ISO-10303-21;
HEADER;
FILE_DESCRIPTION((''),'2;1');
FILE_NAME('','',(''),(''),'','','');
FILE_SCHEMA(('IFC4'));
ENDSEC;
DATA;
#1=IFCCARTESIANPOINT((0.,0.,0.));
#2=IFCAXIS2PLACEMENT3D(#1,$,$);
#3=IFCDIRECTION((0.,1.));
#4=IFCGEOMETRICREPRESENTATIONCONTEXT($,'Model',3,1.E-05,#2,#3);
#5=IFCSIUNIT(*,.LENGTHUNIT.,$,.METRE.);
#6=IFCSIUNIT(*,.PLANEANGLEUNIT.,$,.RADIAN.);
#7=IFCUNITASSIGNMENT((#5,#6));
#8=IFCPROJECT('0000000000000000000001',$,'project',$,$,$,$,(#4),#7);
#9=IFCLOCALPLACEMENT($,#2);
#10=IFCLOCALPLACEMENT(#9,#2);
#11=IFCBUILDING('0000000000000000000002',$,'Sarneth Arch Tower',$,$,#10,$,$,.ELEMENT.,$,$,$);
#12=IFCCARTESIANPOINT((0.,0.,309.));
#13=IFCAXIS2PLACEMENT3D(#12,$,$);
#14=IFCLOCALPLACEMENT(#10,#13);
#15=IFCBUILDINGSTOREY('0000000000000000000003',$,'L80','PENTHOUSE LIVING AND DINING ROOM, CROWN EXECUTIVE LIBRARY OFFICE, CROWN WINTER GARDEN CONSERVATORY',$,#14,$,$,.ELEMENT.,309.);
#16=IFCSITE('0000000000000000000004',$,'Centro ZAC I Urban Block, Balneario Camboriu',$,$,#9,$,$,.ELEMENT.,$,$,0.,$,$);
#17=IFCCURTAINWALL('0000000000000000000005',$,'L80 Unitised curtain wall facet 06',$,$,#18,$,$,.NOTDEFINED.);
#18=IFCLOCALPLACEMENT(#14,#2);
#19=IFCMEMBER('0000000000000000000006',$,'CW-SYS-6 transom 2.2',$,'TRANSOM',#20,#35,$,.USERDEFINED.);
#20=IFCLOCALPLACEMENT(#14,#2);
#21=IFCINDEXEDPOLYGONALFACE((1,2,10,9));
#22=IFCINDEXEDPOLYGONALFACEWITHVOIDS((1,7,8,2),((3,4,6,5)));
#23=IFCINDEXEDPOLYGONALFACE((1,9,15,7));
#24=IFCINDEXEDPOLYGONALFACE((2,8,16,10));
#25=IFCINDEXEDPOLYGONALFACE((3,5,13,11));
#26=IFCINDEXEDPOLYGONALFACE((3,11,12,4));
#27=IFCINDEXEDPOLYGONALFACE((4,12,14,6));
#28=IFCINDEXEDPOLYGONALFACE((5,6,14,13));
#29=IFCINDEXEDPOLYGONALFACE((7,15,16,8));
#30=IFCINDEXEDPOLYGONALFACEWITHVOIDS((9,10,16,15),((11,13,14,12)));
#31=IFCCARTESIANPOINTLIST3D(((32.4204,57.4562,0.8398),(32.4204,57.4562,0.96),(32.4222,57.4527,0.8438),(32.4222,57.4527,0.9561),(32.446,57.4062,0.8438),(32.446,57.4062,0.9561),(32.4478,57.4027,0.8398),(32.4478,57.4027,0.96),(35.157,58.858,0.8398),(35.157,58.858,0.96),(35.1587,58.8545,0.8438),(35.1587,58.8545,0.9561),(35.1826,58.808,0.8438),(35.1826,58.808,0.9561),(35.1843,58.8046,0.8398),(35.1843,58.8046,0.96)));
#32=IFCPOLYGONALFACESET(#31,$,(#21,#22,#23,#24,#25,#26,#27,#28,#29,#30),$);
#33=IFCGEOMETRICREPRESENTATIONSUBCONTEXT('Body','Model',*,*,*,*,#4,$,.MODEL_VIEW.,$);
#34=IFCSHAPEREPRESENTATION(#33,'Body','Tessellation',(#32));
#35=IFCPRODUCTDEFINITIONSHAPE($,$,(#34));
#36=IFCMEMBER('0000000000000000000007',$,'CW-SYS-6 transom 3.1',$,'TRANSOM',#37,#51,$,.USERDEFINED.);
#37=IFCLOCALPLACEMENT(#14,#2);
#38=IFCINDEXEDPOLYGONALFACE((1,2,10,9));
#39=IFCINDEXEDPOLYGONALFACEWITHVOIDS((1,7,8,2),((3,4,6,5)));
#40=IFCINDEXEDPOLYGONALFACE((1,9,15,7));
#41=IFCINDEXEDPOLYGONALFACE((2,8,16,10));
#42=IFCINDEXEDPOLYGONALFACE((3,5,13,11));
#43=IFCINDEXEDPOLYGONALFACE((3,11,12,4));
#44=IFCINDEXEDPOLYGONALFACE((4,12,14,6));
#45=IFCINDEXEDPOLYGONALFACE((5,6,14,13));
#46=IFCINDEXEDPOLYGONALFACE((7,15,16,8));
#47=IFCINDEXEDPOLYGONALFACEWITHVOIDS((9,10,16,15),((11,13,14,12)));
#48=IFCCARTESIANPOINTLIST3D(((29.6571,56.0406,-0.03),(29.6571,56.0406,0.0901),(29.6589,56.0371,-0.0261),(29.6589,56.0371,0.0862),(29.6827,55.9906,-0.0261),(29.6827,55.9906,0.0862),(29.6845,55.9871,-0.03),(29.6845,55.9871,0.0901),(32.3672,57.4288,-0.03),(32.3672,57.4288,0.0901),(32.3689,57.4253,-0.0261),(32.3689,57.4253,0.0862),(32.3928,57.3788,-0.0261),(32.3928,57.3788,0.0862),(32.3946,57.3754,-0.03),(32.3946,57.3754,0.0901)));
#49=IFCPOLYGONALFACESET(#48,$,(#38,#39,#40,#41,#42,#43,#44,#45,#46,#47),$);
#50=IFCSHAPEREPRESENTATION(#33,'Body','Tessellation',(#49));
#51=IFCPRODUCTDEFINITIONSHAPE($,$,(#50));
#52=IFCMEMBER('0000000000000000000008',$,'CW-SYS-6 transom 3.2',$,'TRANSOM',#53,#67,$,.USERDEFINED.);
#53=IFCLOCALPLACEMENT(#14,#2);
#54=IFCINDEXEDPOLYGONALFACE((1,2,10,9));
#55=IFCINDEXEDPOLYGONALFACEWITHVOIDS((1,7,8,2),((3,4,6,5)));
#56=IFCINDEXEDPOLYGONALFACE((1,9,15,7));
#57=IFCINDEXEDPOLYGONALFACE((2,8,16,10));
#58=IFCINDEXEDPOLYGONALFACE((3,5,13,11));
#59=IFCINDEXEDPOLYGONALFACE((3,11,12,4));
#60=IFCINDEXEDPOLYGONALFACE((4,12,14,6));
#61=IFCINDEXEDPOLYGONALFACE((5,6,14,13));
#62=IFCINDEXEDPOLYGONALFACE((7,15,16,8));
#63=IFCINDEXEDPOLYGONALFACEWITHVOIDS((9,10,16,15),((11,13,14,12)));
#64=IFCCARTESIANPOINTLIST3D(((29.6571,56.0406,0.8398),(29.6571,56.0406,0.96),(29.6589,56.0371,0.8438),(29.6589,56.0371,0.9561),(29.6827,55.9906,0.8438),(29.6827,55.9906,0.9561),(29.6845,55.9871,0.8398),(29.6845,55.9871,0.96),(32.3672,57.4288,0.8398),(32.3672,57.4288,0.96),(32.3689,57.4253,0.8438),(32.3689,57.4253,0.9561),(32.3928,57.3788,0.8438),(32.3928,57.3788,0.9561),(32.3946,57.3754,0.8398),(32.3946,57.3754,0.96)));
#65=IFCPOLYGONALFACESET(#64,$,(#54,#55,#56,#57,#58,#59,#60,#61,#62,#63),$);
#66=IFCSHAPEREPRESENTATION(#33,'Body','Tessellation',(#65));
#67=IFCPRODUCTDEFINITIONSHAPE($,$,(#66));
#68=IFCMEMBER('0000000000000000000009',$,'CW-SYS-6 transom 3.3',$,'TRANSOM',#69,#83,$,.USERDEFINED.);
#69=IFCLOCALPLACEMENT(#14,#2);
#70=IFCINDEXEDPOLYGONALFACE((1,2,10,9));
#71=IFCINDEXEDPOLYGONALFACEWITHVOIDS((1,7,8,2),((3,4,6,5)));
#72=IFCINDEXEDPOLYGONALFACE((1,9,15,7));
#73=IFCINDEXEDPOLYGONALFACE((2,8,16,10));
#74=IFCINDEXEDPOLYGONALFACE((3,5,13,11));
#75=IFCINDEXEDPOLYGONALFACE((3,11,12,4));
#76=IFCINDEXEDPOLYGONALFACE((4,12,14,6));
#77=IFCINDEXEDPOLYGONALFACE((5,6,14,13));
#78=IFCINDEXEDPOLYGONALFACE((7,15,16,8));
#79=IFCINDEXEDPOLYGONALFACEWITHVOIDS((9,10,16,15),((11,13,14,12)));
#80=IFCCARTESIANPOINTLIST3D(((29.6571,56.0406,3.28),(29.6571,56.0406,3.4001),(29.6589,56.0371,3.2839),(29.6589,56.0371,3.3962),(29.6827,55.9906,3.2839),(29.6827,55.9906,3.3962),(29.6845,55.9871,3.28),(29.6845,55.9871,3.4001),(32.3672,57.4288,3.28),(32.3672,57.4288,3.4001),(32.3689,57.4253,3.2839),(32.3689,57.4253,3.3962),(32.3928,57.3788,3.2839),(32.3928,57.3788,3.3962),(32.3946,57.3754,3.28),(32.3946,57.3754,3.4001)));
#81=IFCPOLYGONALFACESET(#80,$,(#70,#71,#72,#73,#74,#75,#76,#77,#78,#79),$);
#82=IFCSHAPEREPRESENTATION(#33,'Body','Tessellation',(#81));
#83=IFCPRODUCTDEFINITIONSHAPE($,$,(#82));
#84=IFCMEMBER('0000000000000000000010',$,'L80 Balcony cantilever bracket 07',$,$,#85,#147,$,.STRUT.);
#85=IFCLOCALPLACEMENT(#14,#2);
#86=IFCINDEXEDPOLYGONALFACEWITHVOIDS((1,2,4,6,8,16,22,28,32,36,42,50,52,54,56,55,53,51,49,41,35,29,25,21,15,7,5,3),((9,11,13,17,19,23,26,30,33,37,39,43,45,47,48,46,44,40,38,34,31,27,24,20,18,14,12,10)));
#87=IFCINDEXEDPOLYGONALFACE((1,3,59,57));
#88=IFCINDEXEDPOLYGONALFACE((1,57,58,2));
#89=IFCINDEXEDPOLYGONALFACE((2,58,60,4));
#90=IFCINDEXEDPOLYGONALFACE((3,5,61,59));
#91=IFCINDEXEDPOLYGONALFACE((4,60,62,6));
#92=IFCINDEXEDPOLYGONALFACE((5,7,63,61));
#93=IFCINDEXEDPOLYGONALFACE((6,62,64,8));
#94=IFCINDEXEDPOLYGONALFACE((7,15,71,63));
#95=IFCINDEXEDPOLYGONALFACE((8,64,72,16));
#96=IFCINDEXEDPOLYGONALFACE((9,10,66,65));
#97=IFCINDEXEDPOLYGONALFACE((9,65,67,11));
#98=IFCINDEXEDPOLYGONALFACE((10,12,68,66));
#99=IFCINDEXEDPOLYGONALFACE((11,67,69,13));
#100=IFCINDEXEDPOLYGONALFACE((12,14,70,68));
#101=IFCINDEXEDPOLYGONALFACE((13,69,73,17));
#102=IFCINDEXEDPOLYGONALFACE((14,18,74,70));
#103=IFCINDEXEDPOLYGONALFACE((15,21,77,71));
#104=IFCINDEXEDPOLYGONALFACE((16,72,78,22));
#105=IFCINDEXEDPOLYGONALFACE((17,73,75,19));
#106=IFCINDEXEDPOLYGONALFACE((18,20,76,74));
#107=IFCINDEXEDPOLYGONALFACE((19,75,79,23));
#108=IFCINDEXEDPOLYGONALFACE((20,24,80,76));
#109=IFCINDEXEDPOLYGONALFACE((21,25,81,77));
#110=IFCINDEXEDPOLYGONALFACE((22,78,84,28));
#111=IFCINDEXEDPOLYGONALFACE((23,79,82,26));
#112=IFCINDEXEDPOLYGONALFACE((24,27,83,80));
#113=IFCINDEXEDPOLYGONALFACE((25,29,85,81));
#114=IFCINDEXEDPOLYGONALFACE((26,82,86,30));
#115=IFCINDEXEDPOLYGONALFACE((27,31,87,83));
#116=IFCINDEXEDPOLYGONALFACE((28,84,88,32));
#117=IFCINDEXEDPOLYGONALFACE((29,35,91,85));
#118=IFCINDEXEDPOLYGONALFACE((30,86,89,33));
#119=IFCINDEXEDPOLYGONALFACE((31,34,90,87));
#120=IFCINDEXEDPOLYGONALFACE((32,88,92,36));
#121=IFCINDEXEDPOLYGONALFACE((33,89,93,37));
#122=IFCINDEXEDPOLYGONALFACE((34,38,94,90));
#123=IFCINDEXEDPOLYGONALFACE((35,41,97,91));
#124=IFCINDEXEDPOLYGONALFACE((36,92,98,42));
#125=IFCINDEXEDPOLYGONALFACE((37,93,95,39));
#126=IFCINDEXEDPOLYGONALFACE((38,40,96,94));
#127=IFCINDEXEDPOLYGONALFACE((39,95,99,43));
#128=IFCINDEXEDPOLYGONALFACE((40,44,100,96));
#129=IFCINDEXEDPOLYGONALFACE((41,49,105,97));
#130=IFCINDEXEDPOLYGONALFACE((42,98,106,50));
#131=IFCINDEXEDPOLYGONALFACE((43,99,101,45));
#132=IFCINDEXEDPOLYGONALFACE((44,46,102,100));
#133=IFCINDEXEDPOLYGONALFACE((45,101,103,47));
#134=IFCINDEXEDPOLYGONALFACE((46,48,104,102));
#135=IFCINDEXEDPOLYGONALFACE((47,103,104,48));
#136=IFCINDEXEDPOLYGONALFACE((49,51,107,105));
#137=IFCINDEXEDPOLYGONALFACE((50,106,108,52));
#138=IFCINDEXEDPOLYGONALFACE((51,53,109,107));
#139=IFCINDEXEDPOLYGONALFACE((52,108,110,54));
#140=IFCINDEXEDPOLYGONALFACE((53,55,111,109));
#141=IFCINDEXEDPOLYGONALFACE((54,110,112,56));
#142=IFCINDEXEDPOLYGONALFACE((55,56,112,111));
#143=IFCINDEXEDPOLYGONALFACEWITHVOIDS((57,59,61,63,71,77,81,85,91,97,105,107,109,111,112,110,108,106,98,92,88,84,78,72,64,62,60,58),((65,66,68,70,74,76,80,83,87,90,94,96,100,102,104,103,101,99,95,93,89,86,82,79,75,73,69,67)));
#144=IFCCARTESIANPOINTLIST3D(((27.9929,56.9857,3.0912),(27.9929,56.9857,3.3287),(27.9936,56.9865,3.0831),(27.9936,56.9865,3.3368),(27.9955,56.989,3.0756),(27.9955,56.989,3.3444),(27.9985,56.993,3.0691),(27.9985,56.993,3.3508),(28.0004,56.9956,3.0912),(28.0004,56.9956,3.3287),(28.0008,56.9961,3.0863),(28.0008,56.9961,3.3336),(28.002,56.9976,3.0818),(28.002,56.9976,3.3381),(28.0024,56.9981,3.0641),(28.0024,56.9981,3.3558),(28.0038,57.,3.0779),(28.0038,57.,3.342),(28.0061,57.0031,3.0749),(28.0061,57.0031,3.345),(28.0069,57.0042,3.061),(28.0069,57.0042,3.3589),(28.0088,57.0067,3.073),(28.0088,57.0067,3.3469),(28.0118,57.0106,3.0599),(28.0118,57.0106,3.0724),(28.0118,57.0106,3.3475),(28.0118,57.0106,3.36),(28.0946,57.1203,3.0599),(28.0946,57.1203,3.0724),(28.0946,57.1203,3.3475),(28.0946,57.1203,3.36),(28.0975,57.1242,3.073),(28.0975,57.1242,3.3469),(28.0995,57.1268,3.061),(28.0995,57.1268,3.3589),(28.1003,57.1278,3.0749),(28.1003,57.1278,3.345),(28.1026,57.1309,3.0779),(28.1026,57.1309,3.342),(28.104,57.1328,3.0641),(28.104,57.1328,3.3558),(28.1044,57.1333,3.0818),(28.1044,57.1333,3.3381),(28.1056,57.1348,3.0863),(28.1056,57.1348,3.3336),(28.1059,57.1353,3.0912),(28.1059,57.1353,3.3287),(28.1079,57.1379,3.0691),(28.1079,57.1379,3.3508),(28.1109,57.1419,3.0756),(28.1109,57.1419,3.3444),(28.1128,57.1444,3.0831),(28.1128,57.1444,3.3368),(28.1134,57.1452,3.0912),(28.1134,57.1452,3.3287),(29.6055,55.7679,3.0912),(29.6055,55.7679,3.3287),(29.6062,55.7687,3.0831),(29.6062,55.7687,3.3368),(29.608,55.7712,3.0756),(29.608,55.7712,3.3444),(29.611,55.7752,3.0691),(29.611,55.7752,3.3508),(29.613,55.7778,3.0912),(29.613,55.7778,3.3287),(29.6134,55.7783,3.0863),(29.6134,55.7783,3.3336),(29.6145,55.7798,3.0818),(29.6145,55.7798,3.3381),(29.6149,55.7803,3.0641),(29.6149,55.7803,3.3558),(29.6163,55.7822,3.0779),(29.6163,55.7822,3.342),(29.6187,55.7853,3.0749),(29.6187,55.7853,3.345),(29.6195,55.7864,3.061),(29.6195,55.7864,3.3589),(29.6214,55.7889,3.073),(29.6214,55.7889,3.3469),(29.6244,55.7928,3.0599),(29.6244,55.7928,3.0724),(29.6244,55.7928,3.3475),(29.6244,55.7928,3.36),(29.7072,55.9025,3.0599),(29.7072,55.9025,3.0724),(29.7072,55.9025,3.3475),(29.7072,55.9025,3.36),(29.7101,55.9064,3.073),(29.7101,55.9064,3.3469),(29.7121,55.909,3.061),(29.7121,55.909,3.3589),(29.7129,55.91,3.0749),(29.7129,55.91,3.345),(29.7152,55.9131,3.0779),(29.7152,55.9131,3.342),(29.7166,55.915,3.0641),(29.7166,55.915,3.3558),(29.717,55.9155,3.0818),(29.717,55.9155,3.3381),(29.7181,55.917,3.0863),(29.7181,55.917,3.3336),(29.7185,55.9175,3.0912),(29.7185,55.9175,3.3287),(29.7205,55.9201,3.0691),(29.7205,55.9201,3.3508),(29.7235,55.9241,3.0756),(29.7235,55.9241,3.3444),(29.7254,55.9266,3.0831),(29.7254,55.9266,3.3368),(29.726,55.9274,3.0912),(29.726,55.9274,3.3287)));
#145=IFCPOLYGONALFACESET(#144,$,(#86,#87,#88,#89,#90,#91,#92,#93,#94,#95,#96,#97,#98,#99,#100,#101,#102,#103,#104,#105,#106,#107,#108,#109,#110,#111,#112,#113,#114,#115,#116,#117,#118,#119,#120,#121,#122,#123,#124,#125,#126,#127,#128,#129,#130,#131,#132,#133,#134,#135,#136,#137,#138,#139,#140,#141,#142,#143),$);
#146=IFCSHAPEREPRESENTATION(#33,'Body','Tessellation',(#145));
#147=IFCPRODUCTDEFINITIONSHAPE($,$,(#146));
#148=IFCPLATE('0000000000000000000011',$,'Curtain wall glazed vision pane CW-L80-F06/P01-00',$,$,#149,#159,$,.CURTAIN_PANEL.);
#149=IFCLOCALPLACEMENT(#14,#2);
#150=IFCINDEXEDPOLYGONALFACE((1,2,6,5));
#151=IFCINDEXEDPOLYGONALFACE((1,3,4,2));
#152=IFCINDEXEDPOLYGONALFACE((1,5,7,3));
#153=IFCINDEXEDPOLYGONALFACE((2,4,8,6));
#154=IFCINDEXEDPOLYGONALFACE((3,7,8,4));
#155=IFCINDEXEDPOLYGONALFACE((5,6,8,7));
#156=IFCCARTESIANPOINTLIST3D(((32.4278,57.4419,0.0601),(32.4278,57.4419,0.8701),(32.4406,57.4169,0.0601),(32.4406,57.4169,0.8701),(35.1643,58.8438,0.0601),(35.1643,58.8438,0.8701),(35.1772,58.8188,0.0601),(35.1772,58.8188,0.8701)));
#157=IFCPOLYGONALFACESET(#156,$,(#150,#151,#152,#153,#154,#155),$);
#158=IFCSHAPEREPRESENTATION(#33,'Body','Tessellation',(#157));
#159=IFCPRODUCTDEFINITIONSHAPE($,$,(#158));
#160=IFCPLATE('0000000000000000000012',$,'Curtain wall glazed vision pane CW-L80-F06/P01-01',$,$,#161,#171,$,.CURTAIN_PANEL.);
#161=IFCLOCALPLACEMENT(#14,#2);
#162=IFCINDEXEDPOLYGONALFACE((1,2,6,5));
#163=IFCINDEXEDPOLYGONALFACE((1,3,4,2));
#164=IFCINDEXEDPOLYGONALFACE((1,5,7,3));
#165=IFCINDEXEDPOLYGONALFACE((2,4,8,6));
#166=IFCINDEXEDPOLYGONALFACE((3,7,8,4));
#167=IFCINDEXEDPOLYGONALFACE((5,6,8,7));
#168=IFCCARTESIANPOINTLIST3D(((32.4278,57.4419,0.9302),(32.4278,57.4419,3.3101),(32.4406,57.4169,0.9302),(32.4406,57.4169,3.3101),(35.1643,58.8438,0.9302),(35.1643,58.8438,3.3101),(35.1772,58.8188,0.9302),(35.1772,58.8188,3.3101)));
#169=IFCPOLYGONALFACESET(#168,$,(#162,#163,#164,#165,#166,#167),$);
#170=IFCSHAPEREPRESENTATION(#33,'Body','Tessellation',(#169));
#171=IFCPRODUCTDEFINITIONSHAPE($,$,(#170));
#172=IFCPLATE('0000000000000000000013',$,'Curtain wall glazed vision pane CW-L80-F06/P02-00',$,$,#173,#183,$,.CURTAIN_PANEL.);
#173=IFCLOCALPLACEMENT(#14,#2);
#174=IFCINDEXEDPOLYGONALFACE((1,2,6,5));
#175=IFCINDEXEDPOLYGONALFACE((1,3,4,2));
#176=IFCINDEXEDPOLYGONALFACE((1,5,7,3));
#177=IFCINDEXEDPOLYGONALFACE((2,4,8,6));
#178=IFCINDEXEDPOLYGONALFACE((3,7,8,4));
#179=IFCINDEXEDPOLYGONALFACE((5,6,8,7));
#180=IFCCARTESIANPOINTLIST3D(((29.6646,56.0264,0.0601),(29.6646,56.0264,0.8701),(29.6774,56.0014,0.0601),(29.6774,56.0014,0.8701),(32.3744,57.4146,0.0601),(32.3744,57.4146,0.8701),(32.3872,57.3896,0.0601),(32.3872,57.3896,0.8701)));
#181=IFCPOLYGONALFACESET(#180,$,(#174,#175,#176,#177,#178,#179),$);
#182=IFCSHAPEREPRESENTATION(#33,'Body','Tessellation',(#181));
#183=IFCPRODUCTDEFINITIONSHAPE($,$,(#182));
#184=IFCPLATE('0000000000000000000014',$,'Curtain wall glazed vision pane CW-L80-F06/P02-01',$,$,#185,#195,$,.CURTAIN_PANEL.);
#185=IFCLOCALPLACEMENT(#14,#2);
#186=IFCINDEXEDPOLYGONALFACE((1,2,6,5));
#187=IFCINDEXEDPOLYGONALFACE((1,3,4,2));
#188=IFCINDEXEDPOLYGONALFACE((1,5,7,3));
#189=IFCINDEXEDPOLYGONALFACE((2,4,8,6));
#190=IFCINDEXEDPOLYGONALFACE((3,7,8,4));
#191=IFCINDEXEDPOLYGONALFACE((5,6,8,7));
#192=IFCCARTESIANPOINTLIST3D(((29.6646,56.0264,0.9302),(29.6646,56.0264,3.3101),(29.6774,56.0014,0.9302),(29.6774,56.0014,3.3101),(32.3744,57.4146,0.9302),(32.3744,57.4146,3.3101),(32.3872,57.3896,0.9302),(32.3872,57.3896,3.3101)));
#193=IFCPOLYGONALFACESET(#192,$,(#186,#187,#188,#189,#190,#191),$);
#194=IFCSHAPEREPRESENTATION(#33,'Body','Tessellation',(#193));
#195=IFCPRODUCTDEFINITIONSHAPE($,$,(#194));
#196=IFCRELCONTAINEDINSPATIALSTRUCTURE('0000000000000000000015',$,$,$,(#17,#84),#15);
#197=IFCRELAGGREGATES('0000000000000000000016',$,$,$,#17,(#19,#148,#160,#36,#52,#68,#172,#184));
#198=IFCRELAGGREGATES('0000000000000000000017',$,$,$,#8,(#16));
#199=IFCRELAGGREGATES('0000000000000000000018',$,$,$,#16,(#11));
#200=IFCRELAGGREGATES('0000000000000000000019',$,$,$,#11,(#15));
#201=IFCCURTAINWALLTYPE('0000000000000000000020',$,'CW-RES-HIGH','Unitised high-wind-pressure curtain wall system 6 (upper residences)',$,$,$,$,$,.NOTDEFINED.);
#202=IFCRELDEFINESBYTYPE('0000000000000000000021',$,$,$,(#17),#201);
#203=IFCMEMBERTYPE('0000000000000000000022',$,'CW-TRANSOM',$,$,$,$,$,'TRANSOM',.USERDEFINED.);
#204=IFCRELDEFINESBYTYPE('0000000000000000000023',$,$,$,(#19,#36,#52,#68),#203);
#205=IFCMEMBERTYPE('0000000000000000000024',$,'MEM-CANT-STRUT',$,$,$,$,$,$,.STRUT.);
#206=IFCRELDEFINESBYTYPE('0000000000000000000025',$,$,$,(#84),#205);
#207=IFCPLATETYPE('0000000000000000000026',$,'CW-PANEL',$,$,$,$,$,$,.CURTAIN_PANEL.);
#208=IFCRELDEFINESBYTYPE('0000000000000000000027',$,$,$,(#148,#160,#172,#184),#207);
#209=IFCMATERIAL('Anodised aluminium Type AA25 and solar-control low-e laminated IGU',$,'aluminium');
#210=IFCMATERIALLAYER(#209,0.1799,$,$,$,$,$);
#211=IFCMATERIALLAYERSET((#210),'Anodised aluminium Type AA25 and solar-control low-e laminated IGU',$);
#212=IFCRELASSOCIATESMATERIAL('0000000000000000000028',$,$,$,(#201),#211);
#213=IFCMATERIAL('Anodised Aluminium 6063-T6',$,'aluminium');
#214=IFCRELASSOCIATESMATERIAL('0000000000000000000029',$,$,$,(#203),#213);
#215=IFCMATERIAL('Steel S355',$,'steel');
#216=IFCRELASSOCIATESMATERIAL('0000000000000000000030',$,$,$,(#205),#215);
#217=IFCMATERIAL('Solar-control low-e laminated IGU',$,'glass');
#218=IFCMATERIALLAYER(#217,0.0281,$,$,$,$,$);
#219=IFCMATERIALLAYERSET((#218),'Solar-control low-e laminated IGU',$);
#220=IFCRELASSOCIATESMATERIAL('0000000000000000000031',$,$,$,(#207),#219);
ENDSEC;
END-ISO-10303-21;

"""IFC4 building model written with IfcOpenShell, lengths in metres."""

from ifc_helpers import new_model, si_unit, direction, frame, origin, origin_2d, place, context, subcontext, project, spatial, rectangle, hollow_rectangle, extrude, material, layer, layer_set, material_profile, profile_set, type_object, element, aggregate, save


model = new_model("IFC4")

# Units and contexts
model_context = context("Model", 3, precision=1e-05, world=origin(), true_north=direction((0.0, 1.0)))
body_context = subcontext(model_context, "Body", "Model", "MODEL_VIEW")
ifc_project = project(units=[si_unit("LENGTHUNIT", "METRE"), si_unit("PLANEANGLEUNIT", "RADIAN")], contexts=[model_context])

# Site, building, storey
site_placement = place(None, origin())
site = spatial("IfcSite", under=ifc_project, at=site_placement, Name="Centro ZAC I Urban Block, Balneario Camboriu", CompositionType="ELEMENT", RefElevation=0.0)
building_placement = place(site_placement, origin())
building = spatial("IfcBuilding", under=site, at=building_placement, Name="Sarneth Arch Tower", CompositionType="ELEMENT")
storey_placement = place(building_placement, frame((0.0, 0.0, 309.0)))
storey = spatial("IfcBuildingStorey", under=building, at=storey_placement, Name="L80", Description="PENTHOUSE LIVING AND DINING ROOM, CROWN EXECUTIVE LIBRARY OFFICE, CROWN WINTER GARDEN CONSERVATORY", CompositionType="ELEMENT", Elevation=309.0)

# Curtain wall, members
ifc_material_1 = material(Name="Anodised aluminium Type AA25 and solar-control low-e laminated IGU", Category="aluminium")
ifc_layer_1 = layer(ifc_material_1, 0.1799)
ifc_layer_set_1 = layer_set([ifc_layer_1], Name="Anodised aluminium Type AA25 and solar-control low-e laminated IGU")
curtain_wall_type = type_object("IfcCurtainWallType", Name="CW-RES-HIGH", Description="Unitised high-wind-pressure curtain wall system 6 (upper residences)", PredefinedType="NOTDEFINED", material=ifc_layer_set_1)
curtain_wall_placement = place(storey_placement, origin())
curtain_wall = element("IfcCurtainWall", 1, at=curtain_wall_placement, inside=storey, type_object=curtain_wall_type, Name="L80 Unitised curtain wall facet 06", PredefinedType="NOTDEFINED")
ifc_material_2 = material(Name="Anodised Aluminium 6063-T6", Category="aluminium")
ifc_material_profile_1 = material_profile(ifc_material_2, hollow_rectangle(XDim=0.0601, YDim=0.1201, WallThickness=0.0039, at=origin_2d()), Name="AL-TRAN-120x60x4")
ifc_profile_set_1 = profile_set([ifc_material_profile_1], Name="Anodised Aluminium 6063-T6")
member_type_1 = type_object("IfcMemberType", Name="CW-TRANSOM", ElementType="TRANSOM", PredefinedType="USERDEFINED", material=ifc_profile_set_1)
member_1_placement = place(storey_placement, frame((35.1707, 58.8313, 0.8999), z_axis=(-0.890017, -0.455926, 0.0), x_axis=(0.455926, -0.890017, 0.0)))
member_1 = element("IfcMember", 2, at=member_1_placement, type_object=member_type_1, Name="CW-SYS-6 transom 2.2", ObjectType="TRANSOM", PredefinedType="USERDEFINED", context=body_context, shape_type="SweptSolid", body=[
    extrude(hollow_rectangle(XDim=0.0601, YDim=0.1201, WallThickness=0.0039, at=origin_2d()), origin(), (0.0, 0.0, 1.0), 3.0747),
])
member_2_placement = place(storey_placement, frame((32.3809, 57.4021, 0.03), z_axis=(-0.890023, -0.455916, 0.0), x_axis=(0.455916, -0.890023, 0.0)))
member_2 = element("IfcMember", 3, at=member_2_placement, type_object=member_type_1, Name="CW-SYS-6 transom 3.1", ObjectType="TRANSOM", PredefinedType="USERDEFINED", context=body_context, shape_type="SweptSolid", body=[
    extrude(hollow_rectangle(XDim=0.0601, YDim=0.1201, WallThickness=0.0039, at=origin_2d()), origin(), (0.0, 0.0, 1.0), 3.0449),
])
member_3_placement = place(storey_placement, frame((32.3809, 57.4021, 0.8999), z_axis=(-0.890023, -0.455916, 0.0), x_axis=(0.455916, -0.890023, 0.0)))
member_3 = element("IfcMember", 4, at=member_3_placement, type_object=member_type_1, Name="CW-SYS-6 transom 3.2", ObjectType="TRANSOM", PredefinedType="USERDEFINED", context=body_context, shape_type="SweptSolid", body=[
    extrude(hollow_rectangle(XDim=0.0601, YDim=0.1201, WallThickness=0.0039, at=origin_2d()), origin(), (0.0, 0.0, 1.0), 3.0449),
])
member_4_placement = place(storey_placement, frame((32.3809, 57.4021, 3.3401), z_axis=(-0.890023, -0.455916, 0.0), x_axis=(0.455916, -0.890023, 0.0)))
member_4 = element("IfcMember", 5, at=member_4_placement, type_object=member_type_1, Name="CW-SYS-6 transom 3.3", ObjectType="TRANSOM", PredefinedType="USERDEFINED", context=body_context, shape_type="SweptSolid", body=[
    extrude(hollow_rectangle(XDim=0.0601, YDim=0.1201, WallThickness=0.0039, at=origin_2d()), origin(), (0.0, 0.0, 1.0), 3.0449),
])

# Member
ifc_material_3 = material(Name="Steel S355", Category="steel")
ifc_material_profile_2 = material_profile(ifc_material_3, hollow_rectangle(XDim=0.2, YDim=0.3, WallThickness=0.0125, InnerFilletRadius=0.0188, OuterFilletRadius=0.0312, at=origin_2d()), Name="RHS300x200x12.5")
ifc_profile_set_2 = profile_set([ifc_material_profile_2], Name="Steel S355")
member_type_2 = type_object("IfcMemberType", Name="MEM-CANT-STRUT", PredefinedType="STRUT", material=ifc_profile_set_2)
member_5_placement = place(storey_placement, frame((29.6658, 55.8477, 3.21), z_axis=(-0.798009, 0.602645, 0.0), x_axis=(-0.602645, -0.798009, 0.0)))
element("IfcMember", 6, at=member_5_placement, inside=storey, type_object=member_type_2, Name="L80 Balcony cantilever bracket 07", PredefinedType="STRUT", context=body_context, shape_type="SweptSolid", body=[
    extrude(hollow_rectangle(XDim=0.2, YDim=0.3, WallThickness=0.0125, InnerFilletRadius=0.0188, OuterFilletRadius=0.0312, at=origin_2d()), origin(), (0.0, 0.0, 1.0), 2.0208),
])

# Plates
ifc_material_4 = material(Name="Solar-control low-e laminated IGU", Category="glass")
ifc_layer_2 = layer(ifc_material_4, 0.0281)
ifc_layer_set_2 = layer_set([ifc_layer_2], Name="Solar-control low-e laminated IGU")
plate_type_1 = type_object("IfcPlateType", Name="CW-PANEL", PredefinedType="CURTAIN_PANEL", material=ifc_layer_set_2)
plate_1_placement = place(storey_placement, frame((33.8025, 58.1304, 0.0601), z_axis=(0.0, 0.0, 1.0), x_axis=(-0.89001, -0.455942, 0.0)))
plate_1 = element("IfcPlate", 7, at=plate_1_placement, type_object=plate_type_1, Name="Curtain wall glazed vision pane CW-L80-F06/P01-00", PredefinedType="CURTAIN_PANEL", context=body_context, shape_type="SweptSolid", body=[
    extrude(rectangle(XDim=3.0747, YDim=0.0281, at=origin_2d()), origin(), (0.0, 0.0, 1.0), 0.8101),
])
plate_2_placement = place(storey_placement, frame((33.8025, 58.1304, 0.9302), z_axis=(0.0, 0.0, 1.0), x_axis=(-0.89001, -0.455942, 0.0)))
plate_2 = element("IfcPlate", 8, at=plate_2_placement, type_object=plate_type_1, Name="Curtain wall glazed vision pane CW-L80-F06/P01-01", PredefinedType="CURTAIN_PANEL", context=body_context, shape_type="SweptSolid", body=[
    extrude(rectangle(XDim=3.0747, YDim=0.0281, at=origin_2d()), origin(), (0.0, 0.0, 1.0), 2.3799),
])
plate_3_placement = place(storey_placement, frame((31.0259, 56.708, 0.0601), z_axis=(0.0, 0.0, 1.0), x_axis=(-0.89001, -0.455942, 0.0)))
plate_3 = element("IfcPlate", 9, at=plate_3_placement, type_object=plate_type_1, Name="Curtain wall glazed vision pane CW-L80-F06/P02-00", PredefinedType="CURTAIN_PANEL", context=body_context, shape_type="SweptSolid", body=[
    extrude(rectangle(XDim=3.0447, YDim=0.0281, at=origin_2d()), origin(), (0.0, 0.0, 1.0), 0.8101),
])
plate_4_placement = place(storey_placement, frame((31.0259, 56.708, 0.9302), z_axis=(0.0, 0.0, 1.0), x_axis=(-0.89001, -0.455942, 0.0)))
plate_4 = element("IfcPlate", 10, at=plate_4_placement, type_object=plate_type_1, Name="Curtain wall glazed vision pane CW-L80-F06/P02-01", PredefinedType="CURTAIN_PANEL", context=body_context, shape_type="SweptSolid", body=[
    extrude(rectangle(XDim=3.0447, YDim=0.0281, at=origin_2d()), origin(), (0.0, 0.0, 1.0), 2.3799),
])
aggregate(curtain_wall, [member_1, plate_1, plate_2, member_2, member_3, member_4, plate_3, plate_4])

save(model, "model.ifc")
